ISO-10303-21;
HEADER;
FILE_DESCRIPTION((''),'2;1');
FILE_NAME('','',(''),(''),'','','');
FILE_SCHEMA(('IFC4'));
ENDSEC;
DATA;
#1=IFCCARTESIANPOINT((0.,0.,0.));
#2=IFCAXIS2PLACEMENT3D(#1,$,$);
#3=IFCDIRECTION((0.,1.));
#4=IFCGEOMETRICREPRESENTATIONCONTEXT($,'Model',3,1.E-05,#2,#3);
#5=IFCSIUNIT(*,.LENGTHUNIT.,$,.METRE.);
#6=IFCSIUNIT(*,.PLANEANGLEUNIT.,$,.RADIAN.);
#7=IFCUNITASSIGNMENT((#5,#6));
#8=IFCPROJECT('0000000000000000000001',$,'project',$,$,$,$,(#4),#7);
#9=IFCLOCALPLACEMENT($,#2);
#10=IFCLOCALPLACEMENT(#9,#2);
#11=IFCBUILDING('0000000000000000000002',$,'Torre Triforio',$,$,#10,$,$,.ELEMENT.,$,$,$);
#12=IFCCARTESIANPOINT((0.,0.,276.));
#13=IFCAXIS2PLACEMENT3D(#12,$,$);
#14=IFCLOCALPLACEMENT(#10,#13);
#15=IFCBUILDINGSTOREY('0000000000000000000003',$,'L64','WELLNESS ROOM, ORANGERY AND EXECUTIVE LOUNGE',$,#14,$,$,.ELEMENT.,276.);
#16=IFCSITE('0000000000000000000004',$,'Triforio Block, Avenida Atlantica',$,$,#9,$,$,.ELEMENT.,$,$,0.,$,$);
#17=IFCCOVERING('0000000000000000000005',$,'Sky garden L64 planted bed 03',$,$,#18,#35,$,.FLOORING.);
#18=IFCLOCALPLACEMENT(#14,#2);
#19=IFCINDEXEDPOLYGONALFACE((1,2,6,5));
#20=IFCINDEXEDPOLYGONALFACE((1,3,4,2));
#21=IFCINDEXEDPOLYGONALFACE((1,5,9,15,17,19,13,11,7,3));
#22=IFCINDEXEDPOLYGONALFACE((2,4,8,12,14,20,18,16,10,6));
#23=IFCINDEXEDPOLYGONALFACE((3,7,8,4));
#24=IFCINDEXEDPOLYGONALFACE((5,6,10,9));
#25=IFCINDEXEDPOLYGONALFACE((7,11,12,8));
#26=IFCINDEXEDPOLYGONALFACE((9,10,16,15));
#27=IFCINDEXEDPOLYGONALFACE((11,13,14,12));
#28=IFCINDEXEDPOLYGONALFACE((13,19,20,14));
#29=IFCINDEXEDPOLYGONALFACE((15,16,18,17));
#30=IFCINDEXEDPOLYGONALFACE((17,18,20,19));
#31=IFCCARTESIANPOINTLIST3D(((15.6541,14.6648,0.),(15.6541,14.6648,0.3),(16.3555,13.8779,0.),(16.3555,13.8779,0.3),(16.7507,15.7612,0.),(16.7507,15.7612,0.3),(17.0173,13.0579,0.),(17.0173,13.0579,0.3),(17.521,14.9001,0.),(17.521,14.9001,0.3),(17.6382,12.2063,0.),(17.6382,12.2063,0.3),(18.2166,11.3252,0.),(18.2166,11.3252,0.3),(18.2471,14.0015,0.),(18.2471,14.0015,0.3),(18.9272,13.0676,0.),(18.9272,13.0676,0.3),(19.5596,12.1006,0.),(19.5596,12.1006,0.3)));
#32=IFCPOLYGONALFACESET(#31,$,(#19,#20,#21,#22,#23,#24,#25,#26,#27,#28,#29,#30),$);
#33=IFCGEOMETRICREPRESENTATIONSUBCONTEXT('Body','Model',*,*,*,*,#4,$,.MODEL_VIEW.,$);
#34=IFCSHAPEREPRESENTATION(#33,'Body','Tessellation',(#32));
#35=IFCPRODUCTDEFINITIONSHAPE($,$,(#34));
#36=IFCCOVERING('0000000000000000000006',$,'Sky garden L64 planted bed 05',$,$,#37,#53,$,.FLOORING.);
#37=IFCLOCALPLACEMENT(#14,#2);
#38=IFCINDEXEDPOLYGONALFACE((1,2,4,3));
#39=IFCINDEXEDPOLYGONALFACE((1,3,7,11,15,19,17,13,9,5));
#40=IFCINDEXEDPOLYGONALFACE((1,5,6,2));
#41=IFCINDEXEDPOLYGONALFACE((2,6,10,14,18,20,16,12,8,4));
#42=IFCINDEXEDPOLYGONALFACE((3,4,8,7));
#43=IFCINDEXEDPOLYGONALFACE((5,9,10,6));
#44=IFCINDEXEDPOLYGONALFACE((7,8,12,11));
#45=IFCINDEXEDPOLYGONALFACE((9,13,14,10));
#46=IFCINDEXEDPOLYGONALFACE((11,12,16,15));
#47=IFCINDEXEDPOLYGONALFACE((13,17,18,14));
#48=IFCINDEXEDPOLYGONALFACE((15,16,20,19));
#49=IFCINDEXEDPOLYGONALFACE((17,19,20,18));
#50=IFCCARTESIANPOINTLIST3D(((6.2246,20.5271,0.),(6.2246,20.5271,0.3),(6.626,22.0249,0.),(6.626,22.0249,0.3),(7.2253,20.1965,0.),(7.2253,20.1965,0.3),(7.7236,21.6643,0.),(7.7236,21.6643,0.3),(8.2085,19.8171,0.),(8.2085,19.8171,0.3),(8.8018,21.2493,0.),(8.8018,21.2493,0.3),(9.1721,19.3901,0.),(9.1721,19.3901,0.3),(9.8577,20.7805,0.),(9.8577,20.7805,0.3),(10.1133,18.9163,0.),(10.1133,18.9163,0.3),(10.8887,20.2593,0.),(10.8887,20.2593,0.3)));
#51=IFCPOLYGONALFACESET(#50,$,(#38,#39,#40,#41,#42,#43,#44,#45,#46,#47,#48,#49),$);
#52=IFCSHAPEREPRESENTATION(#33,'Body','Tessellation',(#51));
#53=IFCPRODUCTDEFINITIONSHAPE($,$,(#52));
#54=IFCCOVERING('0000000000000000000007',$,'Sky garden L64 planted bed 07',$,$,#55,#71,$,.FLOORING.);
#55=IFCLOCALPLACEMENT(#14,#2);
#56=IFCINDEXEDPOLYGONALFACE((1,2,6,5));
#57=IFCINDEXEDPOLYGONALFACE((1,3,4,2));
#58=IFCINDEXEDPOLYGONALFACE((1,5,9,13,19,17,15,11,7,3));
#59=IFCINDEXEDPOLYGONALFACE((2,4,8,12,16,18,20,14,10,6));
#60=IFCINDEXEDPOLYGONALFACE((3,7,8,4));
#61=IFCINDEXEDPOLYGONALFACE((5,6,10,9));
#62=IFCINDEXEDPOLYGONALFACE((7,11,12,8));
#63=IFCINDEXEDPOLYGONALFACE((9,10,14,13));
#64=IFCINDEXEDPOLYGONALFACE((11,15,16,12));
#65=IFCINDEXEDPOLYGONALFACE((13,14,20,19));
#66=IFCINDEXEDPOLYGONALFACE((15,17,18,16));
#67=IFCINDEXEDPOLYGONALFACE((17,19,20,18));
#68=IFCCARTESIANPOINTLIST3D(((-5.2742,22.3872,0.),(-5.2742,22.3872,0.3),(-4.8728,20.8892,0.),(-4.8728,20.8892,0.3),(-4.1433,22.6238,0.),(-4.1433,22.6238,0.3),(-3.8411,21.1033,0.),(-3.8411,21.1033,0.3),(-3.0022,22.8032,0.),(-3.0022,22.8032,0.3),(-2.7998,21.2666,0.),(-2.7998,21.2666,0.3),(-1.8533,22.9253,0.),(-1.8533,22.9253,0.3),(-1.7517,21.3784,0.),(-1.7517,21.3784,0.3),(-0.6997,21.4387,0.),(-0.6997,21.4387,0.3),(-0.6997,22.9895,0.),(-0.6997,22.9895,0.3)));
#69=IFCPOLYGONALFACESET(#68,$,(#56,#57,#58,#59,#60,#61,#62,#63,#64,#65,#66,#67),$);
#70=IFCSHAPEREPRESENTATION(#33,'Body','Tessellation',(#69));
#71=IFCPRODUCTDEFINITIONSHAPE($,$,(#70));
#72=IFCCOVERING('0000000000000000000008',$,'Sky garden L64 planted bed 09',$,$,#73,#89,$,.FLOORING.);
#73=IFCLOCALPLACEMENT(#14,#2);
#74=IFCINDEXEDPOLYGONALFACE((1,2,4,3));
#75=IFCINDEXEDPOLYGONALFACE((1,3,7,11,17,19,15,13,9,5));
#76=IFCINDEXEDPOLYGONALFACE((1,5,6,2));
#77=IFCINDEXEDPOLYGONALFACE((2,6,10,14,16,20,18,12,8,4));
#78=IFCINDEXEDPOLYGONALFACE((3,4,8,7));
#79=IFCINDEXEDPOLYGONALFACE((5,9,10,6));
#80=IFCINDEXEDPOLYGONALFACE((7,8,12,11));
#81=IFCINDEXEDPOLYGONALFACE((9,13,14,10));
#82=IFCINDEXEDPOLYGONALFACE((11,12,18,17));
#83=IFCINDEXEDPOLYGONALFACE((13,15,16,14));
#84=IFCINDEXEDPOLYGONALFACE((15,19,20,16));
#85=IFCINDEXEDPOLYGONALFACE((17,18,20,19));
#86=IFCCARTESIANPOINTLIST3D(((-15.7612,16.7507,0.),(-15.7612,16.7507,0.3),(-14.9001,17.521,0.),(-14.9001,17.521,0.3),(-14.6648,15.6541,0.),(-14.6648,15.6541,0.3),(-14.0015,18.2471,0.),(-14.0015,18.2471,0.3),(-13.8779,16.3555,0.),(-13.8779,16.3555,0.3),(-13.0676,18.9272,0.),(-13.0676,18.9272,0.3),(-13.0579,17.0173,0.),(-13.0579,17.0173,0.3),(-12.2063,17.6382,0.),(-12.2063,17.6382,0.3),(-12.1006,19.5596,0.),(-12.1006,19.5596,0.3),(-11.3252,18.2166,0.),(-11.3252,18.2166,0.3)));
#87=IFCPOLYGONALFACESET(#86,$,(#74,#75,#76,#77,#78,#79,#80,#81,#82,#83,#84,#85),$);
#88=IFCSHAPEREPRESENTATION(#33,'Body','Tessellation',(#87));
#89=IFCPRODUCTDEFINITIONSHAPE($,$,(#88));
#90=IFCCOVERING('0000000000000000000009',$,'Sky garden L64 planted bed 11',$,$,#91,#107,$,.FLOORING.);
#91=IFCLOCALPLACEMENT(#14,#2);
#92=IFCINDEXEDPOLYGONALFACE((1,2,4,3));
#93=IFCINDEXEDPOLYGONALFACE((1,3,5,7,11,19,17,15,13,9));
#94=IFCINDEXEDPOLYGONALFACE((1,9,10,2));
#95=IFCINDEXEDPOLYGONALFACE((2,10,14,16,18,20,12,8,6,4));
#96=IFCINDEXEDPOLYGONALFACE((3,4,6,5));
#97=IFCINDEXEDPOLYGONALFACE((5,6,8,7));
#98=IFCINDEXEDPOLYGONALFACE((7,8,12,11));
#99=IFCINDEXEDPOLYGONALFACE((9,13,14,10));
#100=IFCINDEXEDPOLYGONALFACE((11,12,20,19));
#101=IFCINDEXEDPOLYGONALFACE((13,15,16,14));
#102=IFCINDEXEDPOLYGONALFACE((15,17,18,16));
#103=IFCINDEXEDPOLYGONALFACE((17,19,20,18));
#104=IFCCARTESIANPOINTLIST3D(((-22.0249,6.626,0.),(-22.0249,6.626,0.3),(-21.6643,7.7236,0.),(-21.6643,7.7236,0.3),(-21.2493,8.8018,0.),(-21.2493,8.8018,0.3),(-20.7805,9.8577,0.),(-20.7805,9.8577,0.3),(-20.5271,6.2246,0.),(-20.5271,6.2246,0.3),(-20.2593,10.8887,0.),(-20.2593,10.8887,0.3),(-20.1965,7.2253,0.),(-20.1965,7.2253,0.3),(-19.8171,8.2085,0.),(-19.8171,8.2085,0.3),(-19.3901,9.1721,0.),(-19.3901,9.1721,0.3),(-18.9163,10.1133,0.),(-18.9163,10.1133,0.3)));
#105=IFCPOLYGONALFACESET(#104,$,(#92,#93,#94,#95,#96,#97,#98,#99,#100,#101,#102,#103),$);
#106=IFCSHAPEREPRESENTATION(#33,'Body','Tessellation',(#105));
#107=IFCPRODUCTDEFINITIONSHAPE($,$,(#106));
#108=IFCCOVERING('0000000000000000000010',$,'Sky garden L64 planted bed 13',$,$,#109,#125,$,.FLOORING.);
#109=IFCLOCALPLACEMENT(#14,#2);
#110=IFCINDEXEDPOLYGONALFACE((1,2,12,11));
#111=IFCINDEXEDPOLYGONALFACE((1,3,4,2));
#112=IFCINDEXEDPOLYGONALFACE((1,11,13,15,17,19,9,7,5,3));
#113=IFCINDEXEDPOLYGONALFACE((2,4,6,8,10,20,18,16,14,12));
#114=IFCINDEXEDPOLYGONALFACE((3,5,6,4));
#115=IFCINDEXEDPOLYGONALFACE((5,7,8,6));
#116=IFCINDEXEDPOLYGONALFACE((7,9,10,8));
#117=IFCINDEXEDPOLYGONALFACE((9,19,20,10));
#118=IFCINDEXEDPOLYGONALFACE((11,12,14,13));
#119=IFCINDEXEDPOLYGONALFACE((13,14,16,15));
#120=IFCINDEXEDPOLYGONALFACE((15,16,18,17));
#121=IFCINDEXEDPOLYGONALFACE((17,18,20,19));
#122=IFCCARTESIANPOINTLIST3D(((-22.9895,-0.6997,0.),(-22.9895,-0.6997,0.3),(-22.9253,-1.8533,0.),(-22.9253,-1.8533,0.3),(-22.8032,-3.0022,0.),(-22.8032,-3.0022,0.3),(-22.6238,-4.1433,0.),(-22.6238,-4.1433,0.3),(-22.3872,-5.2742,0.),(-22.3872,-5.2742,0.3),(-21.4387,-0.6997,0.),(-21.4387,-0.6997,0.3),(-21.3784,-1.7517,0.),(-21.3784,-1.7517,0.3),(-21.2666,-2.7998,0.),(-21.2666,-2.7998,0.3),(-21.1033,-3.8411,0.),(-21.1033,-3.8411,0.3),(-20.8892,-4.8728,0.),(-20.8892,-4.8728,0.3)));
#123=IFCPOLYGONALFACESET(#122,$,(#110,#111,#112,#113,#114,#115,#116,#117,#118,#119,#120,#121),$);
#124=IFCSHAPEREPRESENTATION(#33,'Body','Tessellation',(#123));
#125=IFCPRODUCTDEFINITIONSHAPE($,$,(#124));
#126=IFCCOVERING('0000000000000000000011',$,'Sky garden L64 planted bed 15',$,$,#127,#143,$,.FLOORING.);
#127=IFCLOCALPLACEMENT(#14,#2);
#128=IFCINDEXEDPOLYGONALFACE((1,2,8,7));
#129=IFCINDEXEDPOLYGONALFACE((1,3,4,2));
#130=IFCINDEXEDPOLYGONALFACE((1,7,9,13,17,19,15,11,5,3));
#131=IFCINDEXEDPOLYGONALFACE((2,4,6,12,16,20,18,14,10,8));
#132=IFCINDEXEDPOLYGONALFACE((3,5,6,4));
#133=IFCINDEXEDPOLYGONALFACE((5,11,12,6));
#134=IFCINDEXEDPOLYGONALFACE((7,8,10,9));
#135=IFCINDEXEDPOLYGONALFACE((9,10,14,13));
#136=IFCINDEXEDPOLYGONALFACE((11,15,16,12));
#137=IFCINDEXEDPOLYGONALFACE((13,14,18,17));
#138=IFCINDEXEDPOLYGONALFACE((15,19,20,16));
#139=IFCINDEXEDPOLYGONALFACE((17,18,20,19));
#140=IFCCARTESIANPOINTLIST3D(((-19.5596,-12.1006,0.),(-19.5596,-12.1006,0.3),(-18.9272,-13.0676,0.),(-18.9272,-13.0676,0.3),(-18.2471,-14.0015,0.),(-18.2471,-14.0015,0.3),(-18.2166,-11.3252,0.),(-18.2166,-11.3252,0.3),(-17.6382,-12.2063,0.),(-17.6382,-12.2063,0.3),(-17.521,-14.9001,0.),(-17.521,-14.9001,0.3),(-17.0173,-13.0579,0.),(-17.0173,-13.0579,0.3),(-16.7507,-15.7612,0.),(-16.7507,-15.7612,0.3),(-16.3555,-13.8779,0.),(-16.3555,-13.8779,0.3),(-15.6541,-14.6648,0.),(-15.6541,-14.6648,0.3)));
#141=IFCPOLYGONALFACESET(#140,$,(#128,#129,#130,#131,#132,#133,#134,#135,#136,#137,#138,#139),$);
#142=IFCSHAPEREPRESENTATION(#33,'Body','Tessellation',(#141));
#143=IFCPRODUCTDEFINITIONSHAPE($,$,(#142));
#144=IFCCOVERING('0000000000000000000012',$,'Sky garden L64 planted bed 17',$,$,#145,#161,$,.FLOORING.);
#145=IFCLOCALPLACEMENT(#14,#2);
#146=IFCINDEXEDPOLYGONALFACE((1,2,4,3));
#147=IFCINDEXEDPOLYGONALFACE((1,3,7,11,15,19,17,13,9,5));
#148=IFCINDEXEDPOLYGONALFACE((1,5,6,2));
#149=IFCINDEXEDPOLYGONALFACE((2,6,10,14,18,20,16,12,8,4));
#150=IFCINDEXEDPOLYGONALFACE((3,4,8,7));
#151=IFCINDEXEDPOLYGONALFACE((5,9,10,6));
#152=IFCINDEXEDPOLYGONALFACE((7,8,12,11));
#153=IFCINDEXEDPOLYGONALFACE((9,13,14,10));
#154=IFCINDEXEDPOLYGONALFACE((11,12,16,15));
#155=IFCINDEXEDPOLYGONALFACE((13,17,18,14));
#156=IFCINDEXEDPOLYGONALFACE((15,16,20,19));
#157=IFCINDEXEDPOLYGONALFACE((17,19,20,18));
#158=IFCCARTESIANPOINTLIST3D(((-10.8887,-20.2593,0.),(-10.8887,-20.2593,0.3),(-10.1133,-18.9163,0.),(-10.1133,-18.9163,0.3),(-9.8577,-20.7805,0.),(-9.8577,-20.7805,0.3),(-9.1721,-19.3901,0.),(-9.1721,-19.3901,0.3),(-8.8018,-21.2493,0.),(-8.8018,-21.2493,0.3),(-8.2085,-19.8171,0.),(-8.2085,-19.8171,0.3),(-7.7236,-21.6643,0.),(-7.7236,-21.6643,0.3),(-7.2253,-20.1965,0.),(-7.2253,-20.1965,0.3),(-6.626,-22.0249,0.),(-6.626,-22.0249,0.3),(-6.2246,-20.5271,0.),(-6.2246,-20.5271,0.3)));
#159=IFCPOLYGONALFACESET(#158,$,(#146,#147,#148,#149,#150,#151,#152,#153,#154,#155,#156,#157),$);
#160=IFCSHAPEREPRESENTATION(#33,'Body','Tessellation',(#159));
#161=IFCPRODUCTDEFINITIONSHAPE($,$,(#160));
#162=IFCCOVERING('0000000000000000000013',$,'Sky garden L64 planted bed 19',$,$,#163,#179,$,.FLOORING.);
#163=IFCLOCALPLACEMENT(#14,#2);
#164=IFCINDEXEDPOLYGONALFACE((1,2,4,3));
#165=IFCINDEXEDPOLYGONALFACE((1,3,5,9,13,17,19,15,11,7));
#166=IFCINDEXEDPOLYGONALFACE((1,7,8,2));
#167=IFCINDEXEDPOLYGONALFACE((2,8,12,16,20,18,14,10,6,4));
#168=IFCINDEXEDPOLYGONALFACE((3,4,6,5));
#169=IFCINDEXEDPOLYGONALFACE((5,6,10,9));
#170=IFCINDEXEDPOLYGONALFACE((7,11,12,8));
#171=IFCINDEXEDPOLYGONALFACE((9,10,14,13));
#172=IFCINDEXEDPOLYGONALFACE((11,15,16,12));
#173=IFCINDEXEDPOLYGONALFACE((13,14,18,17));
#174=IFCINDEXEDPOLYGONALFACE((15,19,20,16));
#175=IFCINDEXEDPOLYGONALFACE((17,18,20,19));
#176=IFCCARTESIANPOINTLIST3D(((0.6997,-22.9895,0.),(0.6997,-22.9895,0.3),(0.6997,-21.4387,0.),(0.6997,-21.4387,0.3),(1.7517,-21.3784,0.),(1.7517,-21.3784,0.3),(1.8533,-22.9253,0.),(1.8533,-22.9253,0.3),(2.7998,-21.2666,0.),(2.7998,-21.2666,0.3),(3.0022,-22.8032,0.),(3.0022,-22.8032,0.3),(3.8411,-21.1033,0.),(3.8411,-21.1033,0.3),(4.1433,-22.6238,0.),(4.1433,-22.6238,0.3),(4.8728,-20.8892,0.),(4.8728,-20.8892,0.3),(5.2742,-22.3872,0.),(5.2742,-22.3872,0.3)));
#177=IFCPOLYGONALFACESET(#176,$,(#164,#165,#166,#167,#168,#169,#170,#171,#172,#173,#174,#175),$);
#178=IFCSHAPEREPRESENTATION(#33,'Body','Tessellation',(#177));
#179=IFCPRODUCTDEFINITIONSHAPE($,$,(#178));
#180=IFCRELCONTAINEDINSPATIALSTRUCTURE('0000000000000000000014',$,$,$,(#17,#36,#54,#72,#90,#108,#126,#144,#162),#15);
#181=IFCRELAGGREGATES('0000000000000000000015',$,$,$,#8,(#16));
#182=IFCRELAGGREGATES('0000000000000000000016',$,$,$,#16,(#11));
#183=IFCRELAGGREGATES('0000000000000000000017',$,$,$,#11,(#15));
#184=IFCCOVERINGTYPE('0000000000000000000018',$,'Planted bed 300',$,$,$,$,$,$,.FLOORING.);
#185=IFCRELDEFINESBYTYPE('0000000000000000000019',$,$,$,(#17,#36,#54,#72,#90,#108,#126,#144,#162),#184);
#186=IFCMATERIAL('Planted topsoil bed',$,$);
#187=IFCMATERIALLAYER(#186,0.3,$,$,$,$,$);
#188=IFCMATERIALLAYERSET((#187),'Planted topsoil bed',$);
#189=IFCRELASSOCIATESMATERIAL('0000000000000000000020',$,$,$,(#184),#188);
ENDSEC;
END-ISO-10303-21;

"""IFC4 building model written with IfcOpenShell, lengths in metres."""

from ifc_helpers import new_model, si_unit, direction, frame, origin, place, context, subcontext, project, spatial, polyline, outline, extrude, material, layer, layer_set, type_object, element, save


model = new_model("IFC4")

# Units and contexts
model_context = context("Model", 3, precision=1e-05, world=origin(), true_north=direction((0.0, 1.0)))
body_context = subcontext(model_context, "Body", "Model", "MODEL_VIEW")
ifc_project = project(units=[si_unit("LENGTHUNIT", "METRE"), si_unit("PLANEANGLEUNIT", "RADIAN")], contexts=[model_context])

# Site, building, storey
site_placement = place(None, origin())
site = spatial("IfcSite", under=ifc_project, at=site_placement, Name="Triforio Block, Avenida Atlantica", CompositionType="ELEMENT", RefElevation=0.0)
building_placement = place(site_placement, origin())
building = spatial("IfcBuilding", under=site, at=building_placement, Name="Torre Triforio", CompositionType="ELEMENT")
storey_placement = place(building_placement, frame((0.0, 0.0, 276.0)))
storey = spatial("IfcBuildingStorey", under=building, at=storey_placement, Name="L64", Description="WELLNESS ROOM, ORANGERY AND EXECUTIVE LOUNGE", CompositionType="ELEMENT", Elevation=276.0)

# Coverings
ifc_material_1 = material(Name="Planted topsoil bed")
ifc_layer_1 = layer(ifc_material_1, 0.3)
ifc_layer_set_1 = layer_set([ifc_layer_1], Name="Planted topsoil bed")
covering_type = type_object("IfcCoveringType", Name="Planted bed 300", PredefinedType="FLOORING", material=ifc_layer_set_1)
covering_1_placement = place(storey_placement, origin())
element("IfcCovering", 1, at=covering_1_placement, inside=storey, type_object=covering_type, Name="Sky garden L64 planted bed 03", PredefinedType="FLOORING", context=body_context, shape_type="SweptSolid", body=[
    extrude(outline(polyline([(18.2166, 11.3252), (17.6382, 12.2063), (17.0173, 13.0579), (16.3555, 13.8779), (15.6541, 14.6648), (16.7507, 15.7612), (17.521, 14.9001), (18.2471, 14.0015), (18.9272, 13.0676), (19.5596, 12.1006), (18.2166, 11.3252)])), origin(), (0.0, 0.0, 1.0), 0.3),
])
covering_2_placement = place(storey_placement, origin())
element("IfcCovering", 2, at=covering_2_placement, inside=storey, type_object=covering_type, Name="Sky garden L64 planted bed 05", PredefinedType="FLOORING", context=body_context, shape_type="SweptSolid", body=[
    extrude(outline(polyline([(10.1133, 18.9163), (9.1721, 19.3901), (8.2085, 19.8171), (7.2253, 20.1965), (6.2246, 20.5271), (6.626, 22.0249), (7.7236, 21.6643), (8.8018, 21.2493), (9.8577, 20.7805), (10.8887, 20.2593), (10.1133, 18.9163)])), origin(), (0.0, 0.0, 1.0), 0.3),
])
covering_3_placement = place(storey_placement, origin())
element("IfcCovering", 3, at=covering_3_placement, inside=storey, type_object=covering_type, Name="Sky garden L64 planted bed 07", PredefinedType="FLOORING", context=body_context, shape_type="SweptSolid", body=[
    extrude(outline(polyline([(-0.6997, 21.4387), (-1.7517, 21.3784), (-2.7998, 21.2666), (-3.8411, 21.1033), (-4.8728, 20.8892), (-5.2742, 22.3872), (-4.1433, 22.6238), (-3.0022, 22.8032), (-1.8533, 22.9253), (-0.6997, 22.9895), (-0.6997, 21.4387)])), origin(), (0.0, 0.0, 1.0), 0.3),
])
covering_4_placement = place(storey_placement, origin())
element("IfcCovering", 4, at=covering_4_placement, inside=storey, type_object=covering_type, Name="Sky garden L64 planted bed 09", PredefinedType="FLOORING", context=body_context, shape_type="SweptSolid", body=[
    extrude(outline(polyline([(-11.3252, 18.2166), (-12.2063, 17.6382), (-13.0579, 17.0173), (-13.8779, 16.3555), (-14.6648, 15.6541), (-15.7612, 16.7507), (-14.9001, 17.521), (-14.0015, 18.2471), (-13.0676, 18.9272), (-12.1006, 19.5596), (-11.3252, 18.2166)])), origin(), (0.0, 0.0, 1.0), 0.3),
])
covering_5_placement = place(storey_placement, origin())
element("IfcCovering", 5, at=covering_5_placement, inside=storey, type_object=covering_type, Name="Sky garden L64 planted bed 11", PredefinedType="FLOORING", context=body_context, shape_type="SweptSolid", body=[
    extrude(outline(polyline([(-18.9163, 10.1133), (-19.3901, 9.1721), (-19.8171, 8.2085), (-20.1965, 7.2253), (-20.5271, 6.2246), (-22.0249, 6.626), (-21.6643, 7.7236), (-21.2493, 8.8018), (-20.7805, 9.8577), (-20.2593, 10.8887), (-18.9163, 10.1133)])), origin(), (0.0, 0.0, 1.0), 0.3),
])
covering_6_placement = place(storey_placement, origin())
element("IfcCovering", 6, at=covering_6_placement, inside=storey, type_object=covering_type, Name="Sky garden L64 planted bed 13", PredefinedType="FLOORING", context=body_context, shape_type="SweptSolid", body=[
    extrude(outline(polyline([(-21.4387, -0.6997), (-21.3784, -1.7517), (-21.2666, -2.7998), (-21.1033, -3.8411), (-20.8892, -4.8728), (-22.3872, -5.2742), (-22.6238, -4.1433), (-22.8032, -3.0022), (-22.9253, -1.8533), (-22.9895, -0.6997), (-21.4387, -0.6997)])), origin(), (0.0, 0.0, 1.0), 0.3),
])
covering_7_placement = place(storey_placement, origin())
element("IfcCovering", 7, at=covering_7_placement, inside=storey, type_object=covering_type, Name="Sky garden L64 planted bed 15", PredefinedType="FLOORING", context=body_context, shape_type="SweptSolid", body=[
    extrude(outline(polyline([(-18.2166, -11.3252), (-17.6382, -12.2063), (-17.0173, -13.0579), (-16.3555, -13.8779), (-15.6541, -14.6648), (-16.7507, -15.7612), (-17.521, -14.9001), (-18.2471, -14.0015), (-18.9272, -13.0676), (-19.5596, -12.1006), (-18.2166, -11.3252)])), origin(), (0.0, 0.0, 1.0), 0.3),
])
covering_8_placement = place(storey_placement, origin())
element("IfcCovering", 8, at=covering_8_placement, inside=storey, type_object=covering_type, Name="Sky garden L64 planted bed 17", PredefinedType="FLOORING", context=body_context, shape_type="SweptSolid", body=[
    extrude(outline(polyline([(-10.1133, -18.9163), (-9.1721, -19.3901), (-8.2085, -19.8171), (-7.2253, -20.1965), (-6.2246, -20.5271), (-6.626, -22.0249), (-7.7236, -21.6643), (-8.8018, -21.2493), (-9.8577, -20.7805), (-10.8887, -20.2593), (-10.1133, -18.9163)])), origin(), (0.0, 0.0, 1.0), 0.3),
])
covering_9_placement = place(storey_placement, origin())
element("IfcCovering", 9, at=covering_9_placement, inside=storey, type_object=covering_type, Name="Sky garden L64 planted bed 19", PredefinedType="FLOORING", context=body_context, shape_type="SweptSolid", body=[
    extrude(outline(polyline([(0.6997, -21.4387), (1.7517, -21.3784), (2.7998, -21.2666), (3.8411, -21.1033), (4.8728, -20.8892), (5.2742, -22.3872), (4.1433, -22.6238), (3.0022, -22.8032), (1.8533, -22.9253), (0.6997, -22.9895), (0.6997, -21.4387)])), origin(), (0.0, 0.0, 1.0), 0.3),
])

save(model, "model.ifc")
